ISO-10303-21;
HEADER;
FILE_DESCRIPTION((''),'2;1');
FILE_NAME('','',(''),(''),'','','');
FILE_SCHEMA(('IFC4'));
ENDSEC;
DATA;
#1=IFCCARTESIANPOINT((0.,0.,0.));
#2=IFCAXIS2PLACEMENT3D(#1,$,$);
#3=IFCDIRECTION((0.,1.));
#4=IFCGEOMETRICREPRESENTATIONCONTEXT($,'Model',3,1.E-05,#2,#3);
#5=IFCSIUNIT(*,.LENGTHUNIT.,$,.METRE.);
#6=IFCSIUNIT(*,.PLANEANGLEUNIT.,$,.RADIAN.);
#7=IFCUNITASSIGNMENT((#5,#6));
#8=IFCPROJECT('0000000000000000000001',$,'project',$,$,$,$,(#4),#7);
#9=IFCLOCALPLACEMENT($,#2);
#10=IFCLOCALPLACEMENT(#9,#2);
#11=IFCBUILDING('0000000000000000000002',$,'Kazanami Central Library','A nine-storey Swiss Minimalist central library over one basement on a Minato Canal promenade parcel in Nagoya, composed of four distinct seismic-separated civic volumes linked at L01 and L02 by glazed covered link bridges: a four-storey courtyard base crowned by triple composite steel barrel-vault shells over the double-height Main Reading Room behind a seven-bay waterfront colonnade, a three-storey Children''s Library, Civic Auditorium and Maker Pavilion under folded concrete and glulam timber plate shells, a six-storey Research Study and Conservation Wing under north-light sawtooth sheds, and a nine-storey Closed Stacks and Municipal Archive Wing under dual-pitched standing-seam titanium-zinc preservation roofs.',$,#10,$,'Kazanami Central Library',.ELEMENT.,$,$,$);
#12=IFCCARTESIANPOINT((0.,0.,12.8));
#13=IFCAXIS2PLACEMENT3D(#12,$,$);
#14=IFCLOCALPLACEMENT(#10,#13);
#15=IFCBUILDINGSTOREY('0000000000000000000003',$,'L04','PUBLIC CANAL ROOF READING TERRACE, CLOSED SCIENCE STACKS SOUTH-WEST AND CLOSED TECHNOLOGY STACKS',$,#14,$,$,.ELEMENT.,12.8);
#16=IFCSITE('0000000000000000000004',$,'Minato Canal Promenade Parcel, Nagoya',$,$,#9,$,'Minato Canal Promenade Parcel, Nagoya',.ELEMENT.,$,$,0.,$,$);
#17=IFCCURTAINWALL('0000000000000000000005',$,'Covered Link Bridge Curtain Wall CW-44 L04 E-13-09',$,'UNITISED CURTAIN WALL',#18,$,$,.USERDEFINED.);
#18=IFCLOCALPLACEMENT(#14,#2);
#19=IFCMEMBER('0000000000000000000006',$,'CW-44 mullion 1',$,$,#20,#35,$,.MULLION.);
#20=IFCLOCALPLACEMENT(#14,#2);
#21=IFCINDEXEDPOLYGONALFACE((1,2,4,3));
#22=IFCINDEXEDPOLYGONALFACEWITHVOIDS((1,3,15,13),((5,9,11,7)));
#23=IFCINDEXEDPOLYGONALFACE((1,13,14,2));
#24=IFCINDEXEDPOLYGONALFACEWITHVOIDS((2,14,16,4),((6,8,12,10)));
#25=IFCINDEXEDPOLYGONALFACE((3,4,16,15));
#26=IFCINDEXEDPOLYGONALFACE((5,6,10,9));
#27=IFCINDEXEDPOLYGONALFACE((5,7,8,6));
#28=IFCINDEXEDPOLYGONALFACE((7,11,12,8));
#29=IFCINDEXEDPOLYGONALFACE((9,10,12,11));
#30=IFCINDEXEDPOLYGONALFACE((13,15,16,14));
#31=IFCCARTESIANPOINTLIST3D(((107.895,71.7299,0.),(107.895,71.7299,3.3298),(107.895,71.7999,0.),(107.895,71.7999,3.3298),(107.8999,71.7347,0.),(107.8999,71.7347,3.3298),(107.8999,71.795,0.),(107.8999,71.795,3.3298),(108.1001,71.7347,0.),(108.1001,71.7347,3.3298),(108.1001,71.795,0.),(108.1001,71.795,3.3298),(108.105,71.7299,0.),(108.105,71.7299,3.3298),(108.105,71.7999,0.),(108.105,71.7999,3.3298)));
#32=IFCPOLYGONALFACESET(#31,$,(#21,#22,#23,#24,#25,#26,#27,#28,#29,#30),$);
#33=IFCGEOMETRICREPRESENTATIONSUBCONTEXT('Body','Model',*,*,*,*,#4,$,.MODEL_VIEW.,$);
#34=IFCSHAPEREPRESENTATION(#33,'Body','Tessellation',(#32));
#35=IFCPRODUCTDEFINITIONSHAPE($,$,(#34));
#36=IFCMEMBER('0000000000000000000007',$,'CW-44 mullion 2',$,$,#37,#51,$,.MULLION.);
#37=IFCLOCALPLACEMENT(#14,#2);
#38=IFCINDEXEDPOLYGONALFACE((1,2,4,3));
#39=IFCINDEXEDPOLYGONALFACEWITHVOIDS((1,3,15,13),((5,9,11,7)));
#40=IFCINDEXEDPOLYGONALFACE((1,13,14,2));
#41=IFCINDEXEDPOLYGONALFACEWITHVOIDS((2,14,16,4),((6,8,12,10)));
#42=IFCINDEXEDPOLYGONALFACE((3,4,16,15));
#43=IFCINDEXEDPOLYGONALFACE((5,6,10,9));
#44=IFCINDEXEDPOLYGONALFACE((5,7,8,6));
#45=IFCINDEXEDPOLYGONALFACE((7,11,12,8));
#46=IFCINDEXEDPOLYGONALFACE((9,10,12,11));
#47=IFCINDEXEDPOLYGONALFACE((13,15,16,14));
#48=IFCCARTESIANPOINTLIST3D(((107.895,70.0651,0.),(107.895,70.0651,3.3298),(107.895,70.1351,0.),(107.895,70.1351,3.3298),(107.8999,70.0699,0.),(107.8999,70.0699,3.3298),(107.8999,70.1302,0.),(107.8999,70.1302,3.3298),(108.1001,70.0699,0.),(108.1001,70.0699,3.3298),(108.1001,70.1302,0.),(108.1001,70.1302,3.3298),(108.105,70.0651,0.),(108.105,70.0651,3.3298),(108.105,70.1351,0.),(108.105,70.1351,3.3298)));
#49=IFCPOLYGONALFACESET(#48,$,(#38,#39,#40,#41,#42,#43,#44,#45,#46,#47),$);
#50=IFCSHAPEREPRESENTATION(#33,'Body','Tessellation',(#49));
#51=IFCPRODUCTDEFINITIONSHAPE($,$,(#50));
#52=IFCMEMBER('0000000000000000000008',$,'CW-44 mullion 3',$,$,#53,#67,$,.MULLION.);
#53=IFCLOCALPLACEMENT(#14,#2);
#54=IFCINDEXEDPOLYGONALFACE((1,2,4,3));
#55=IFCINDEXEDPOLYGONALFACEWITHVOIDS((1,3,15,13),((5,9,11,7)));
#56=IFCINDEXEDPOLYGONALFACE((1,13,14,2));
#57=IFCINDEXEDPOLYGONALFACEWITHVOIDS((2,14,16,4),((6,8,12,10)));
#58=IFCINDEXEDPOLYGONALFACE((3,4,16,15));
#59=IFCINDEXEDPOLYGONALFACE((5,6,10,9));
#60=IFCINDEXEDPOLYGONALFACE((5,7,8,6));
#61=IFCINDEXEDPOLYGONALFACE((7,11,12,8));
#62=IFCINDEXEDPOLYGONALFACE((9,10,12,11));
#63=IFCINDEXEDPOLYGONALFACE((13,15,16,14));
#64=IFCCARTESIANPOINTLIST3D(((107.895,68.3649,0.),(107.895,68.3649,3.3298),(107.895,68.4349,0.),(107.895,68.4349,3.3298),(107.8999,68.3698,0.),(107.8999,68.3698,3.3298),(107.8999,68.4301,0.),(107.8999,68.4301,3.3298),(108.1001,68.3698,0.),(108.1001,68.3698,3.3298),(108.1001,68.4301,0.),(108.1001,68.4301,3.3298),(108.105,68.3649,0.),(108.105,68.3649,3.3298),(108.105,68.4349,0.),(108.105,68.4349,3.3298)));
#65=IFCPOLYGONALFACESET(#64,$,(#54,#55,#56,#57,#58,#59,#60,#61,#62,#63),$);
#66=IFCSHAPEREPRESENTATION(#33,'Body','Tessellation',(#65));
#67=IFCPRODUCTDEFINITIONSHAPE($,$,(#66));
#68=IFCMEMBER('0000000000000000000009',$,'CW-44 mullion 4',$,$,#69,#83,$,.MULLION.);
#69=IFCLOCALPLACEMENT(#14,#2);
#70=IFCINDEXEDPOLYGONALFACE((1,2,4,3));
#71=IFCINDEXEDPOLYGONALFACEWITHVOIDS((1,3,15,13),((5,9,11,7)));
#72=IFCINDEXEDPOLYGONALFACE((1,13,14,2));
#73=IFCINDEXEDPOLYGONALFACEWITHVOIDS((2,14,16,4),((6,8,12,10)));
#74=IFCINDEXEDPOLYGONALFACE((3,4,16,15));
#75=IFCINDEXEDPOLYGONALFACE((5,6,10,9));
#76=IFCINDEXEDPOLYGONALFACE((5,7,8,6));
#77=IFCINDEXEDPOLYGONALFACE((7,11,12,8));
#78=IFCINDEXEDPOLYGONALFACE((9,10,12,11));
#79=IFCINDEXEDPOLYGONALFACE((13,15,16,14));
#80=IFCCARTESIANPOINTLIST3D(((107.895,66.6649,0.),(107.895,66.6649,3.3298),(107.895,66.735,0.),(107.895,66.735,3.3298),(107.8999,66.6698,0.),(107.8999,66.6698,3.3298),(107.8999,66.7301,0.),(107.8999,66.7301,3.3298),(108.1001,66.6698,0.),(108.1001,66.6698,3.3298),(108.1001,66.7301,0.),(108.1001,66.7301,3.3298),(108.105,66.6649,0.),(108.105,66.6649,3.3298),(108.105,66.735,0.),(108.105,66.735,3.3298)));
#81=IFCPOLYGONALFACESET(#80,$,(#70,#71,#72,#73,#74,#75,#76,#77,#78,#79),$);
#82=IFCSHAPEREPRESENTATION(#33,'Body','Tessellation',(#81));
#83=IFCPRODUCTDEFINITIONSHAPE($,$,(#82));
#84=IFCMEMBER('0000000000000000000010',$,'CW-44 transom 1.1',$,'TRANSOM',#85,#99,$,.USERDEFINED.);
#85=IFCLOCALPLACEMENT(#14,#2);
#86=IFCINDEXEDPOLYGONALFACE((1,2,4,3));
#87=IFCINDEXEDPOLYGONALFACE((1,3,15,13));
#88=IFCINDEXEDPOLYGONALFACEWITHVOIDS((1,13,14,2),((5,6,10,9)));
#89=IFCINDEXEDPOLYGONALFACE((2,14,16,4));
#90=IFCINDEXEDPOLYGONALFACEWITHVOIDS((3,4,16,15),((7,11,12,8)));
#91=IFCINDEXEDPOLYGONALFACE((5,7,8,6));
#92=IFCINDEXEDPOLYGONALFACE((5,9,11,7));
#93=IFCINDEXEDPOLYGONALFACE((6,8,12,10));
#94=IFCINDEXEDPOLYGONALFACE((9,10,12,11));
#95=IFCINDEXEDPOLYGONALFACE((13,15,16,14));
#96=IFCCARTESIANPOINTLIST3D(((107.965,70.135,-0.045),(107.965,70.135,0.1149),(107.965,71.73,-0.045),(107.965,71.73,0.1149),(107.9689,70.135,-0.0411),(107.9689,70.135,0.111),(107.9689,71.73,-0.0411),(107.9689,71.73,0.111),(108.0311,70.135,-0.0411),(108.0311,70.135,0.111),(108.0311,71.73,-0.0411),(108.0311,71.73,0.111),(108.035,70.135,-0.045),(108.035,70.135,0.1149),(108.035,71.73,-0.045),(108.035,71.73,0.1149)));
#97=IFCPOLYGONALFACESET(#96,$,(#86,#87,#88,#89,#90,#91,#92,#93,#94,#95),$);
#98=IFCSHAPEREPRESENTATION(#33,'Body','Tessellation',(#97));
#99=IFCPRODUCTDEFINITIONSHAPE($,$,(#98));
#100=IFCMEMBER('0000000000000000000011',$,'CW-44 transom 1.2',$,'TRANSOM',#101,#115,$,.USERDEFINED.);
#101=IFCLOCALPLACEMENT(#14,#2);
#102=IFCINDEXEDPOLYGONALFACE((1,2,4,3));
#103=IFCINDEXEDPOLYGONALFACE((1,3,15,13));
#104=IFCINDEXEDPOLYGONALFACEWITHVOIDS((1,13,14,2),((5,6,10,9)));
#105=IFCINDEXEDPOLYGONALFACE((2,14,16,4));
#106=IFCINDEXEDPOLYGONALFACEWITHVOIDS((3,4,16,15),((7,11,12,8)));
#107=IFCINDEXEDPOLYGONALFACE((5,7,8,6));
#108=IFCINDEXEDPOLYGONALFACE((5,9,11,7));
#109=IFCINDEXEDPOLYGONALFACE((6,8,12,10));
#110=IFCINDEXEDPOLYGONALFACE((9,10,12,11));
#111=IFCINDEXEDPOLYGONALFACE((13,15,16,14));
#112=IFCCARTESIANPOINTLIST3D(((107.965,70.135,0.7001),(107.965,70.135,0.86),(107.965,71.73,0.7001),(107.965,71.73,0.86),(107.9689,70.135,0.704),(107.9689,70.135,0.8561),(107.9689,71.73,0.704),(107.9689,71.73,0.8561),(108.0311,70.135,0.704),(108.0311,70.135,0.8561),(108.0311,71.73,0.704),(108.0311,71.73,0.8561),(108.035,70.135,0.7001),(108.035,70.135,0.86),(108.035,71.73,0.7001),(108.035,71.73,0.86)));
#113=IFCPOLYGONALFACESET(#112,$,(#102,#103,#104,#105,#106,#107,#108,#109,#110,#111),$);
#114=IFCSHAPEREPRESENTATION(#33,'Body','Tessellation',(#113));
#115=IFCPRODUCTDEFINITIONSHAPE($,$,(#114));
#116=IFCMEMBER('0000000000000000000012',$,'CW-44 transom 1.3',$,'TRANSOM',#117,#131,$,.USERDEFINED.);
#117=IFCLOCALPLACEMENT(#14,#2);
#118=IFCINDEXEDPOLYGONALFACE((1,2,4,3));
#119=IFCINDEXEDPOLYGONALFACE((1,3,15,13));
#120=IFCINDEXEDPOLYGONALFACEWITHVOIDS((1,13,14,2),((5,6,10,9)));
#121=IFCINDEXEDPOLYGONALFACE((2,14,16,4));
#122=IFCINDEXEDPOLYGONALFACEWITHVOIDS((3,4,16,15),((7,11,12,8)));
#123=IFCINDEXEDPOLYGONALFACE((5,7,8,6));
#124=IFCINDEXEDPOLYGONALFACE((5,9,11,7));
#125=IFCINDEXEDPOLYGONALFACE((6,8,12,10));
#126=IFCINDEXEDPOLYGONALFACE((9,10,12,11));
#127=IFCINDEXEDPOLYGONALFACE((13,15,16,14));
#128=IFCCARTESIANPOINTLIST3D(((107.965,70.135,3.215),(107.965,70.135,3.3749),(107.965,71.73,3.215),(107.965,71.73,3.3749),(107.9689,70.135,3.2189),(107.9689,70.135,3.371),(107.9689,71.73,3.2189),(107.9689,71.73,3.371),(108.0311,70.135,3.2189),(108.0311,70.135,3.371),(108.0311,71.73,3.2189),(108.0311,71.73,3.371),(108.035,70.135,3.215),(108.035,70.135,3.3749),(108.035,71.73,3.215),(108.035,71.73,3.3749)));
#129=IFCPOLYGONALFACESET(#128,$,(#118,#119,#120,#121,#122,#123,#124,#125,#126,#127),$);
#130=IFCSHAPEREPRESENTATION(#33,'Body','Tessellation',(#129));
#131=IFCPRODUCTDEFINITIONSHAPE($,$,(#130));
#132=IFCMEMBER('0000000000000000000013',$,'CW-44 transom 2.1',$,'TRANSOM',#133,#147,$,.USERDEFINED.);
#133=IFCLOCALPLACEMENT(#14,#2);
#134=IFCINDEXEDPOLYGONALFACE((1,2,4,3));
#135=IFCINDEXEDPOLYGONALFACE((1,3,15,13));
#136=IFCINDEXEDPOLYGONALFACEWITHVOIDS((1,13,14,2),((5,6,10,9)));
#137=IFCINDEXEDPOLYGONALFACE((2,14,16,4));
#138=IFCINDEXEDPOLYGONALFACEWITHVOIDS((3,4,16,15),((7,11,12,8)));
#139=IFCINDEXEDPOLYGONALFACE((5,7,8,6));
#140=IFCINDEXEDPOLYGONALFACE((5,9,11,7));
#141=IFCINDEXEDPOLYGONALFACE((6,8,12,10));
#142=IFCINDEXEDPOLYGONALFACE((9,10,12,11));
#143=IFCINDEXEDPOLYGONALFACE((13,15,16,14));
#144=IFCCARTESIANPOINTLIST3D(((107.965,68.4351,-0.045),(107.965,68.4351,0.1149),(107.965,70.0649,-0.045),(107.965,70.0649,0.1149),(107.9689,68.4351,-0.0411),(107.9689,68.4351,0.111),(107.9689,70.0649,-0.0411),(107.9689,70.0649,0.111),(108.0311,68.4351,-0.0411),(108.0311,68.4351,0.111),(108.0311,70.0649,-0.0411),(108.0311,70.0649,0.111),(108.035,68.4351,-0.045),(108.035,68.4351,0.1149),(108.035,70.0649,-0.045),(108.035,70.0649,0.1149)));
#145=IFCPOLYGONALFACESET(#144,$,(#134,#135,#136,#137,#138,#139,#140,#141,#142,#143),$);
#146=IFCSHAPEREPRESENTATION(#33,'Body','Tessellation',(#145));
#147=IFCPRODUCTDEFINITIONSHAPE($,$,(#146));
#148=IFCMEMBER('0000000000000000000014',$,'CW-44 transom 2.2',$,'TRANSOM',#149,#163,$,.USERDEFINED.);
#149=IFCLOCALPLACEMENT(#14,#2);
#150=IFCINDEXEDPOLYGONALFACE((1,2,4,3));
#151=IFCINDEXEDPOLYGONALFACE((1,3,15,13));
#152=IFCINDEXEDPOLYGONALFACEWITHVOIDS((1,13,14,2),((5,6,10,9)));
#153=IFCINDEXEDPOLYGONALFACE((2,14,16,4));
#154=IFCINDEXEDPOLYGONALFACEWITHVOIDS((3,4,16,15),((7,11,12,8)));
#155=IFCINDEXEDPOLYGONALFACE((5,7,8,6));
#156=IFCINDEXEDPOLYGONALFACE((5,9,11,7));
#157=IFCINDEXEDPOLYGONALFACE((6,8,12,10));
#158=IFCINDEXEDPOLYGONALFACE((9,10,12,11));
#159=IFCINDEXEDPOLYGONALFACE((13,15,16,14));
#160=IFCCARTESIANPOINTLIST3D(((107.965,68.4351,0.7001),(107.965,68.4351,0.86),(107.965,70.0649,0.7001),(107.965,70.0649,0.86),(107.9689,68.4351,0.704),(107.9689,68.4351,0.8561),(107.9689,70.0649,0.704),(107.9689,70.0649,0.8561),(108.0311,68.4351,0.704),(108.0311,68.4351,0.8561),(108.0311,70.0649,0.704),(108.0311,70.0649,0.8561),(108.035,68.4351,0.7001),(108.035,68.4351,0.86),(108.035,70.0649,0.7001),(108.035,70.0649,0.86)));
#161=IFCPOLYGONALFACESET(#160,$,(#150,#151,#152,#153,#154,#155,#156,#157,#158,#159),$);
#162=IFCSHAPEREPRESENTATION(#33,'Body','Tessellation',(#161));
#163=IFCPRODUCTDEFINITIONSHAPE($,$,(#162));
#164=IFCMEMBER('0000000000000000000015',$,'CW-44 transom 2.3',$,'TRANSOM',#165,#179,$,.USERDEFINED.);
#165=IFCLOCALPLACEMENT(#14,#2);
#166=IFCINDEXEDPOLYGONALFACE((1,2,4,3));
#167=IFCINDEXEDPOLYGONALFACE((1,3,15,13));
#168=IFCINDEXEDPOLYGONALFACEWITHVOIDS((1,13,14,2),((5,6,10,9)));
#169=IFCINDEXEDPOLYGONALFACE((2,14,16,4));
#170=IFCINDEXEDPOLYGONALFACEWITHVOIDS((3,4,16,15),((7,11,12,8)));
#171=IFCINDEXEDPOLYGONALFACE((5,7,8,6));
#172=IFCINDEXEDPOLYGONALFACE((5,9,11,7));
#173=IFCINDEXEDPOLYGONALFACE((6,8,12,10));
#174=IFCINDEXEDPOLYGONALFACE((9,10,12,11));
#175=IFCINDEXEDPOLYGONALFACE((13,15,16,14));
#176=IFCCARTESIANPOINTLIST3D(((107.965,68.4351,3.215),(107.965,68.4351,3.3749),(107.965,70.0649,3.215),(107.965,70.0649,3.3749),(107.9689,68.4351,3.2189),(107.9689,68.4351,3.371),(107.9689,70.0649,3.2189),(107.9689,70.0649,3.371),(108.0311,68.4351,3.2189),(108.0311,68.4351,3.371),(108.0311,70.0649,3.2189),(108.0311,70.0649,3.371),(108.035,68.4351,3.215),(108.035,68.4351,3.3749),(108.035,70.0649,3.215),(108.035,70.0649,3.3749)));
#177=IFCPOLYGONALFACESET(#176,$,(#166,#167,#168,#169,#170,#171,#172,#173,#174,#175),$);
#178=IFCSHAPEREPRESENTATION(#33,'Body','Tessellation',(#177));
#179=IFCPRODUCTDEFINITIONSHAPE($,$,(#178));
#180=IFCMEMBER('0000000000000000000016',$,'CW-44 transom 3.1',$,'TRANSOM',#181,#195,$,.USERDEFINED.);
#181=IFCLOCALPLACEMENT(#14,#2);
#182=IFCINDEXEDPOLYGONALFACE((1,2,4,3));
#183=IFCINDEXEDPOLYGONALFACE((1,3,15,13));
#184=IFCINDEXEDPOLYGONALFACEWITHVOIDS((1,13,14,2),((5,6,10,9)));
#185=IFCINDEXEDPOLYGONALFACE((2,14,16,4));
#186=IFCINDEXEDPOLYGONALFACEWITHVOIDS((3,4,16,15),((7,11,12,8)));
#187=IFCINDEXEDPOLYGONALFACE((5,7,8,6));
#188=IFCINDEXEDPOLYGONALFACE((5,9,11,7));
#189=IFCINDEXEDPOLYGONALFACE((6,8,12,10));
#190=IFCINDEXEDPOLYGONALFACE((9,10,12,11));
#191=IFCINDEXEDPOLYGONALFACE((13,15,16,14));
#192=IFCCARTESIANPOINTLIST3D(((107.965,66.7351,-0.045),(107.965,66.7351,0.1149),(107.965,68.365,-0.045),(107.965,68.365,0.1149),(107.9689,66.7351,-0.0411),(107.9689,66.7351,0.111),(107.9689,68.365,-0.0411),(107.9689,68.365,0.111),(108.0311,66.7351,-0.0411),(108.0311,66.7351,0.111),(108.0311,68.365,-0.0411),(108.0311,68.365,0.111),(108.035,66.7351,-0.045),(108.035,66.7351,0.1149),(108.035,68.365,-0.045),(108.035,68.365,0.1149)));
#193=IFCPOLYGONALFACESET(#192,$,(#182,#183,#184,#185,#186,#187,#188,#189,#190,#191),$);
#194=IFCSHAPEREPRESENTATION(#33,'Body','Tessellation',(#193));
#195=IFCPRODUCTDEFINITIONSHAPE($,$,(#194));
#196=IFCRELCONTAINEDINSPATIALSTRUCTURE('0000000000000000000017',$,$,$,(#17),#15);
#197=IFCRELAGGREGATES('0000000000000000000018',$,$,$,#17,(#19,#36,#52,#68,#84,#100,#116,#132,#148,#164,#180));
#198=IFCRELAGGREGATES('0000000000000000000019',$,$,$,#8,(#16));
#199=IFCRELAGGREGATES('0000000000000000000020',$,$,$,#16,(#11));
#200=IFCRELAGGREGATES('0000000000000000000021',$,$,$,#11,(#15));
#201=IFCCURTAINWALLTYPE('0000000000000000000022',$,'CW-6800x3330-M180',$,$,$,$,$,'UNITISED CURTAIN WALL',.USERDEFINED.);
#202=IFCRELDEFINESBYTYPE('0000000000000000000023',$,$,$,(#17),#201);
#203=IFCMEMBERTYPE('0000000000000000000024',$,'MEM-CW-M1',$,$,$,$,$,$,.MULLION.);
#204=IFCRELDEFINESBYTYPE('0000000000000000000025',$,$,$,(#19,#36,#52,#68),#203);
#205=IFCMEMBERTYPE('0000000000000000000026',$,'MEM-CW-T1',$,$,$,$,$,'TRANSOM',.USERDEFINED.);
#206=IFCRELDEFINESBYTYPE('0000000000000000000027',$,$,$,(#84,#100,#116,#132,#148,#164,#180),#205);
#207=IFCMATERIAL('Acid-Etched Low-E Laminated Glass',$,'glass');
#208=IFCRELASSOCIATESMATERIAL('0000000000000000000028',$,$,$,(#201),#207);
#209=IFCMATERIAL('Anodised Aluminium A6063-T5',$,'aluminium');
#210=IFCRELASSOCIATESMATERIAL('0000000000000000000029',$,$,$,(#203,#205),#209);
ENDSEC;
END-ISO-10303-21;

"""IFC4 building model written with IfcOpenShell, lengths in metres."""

from ifc_helpers import new_model, si_unit, direction, frame, origin, origin_2d, place, context, subcontext, project, spatial, hollow_rectangle, extrude, material, material_profile, profile_set, type_object, element, aggregate, save


model = new_model("IFC4")

# Units and contexts
model_context = context("Model", 3, precision=1e-05, world=origin(), true_north=direction((0.0, 1.0)))
body_context = subcontext(model_context, "Body", "Model", "MODEL_VIEW")
ifc_project = project(units=[si_unit("LENGTHUNIT", "METRE"), si_unit("PLANEANGLEUNIT", "RADIAN")], contexts=[model_context])

# Site, building, storey
site_placement = place(None, origin())
site = spatial("IfcSite", under=ifc_project, at=site_placement, Name="Minato Canal Promenade Parcel, Nagoya", LongName="Minato Canal Promenade Parcel, Nagoya", CompositionType="ELEMENT", RefElevation=0.0)
building_placement = place(site_placement, origin())
building = spatial("IfcBuilding", under=site, at=building_placement, Name="Kazanami Central Library", Description="A nine-storey Swiss Minimalist central library over one basement on a Minato Canal promenade parcel in Nagoya, composed of four distinct seismic-separated civic volumes linked at L01 and L02 by glazed covered link bridges: a four-storey courtyard base crowned by triple composite steel barrel-vault shells over the double-height Main Reading Room behind a seven-bay waterfront colonnade, a three-storey Children's Library, Civic Auditorium and Maker Pavilion under folded concrete and glulam timber plate shells, a six-storey Research Study and Conservation Wing under north-light sawtooth sheds, and a nine-storey Closed Stacks and Municipal Archive Wing under dual-pitched standing-seam titanium-zinc preservation roofs.", LongName="Kazanami Central Library", CompositionType="ELEMENT")
storey_placement = place(building_placement, frame((0.0, 0.0, 12.8)))
storey = spatial("IfcBuildingStorey", under=building, at=storey_placement, Name="L04", Description="PUBLIC CANAL ROOF READING TERRACE, CLOSED SCIENCE STACKS SOUTH-WEST AND CLOSED TECHNOLOGY STACKS", CompositionType="ELEMENT", Elevation=12.8)

# Curtain wall, members
ifc_material_1 = material(Name="Acid-Etched Low-E Laminated Glass", Category="glass")
curtain_wall_type = type_object("IfcCurtainWallType", Name="CW-6800x3330-M180", ElementType="UNITISED CURTAIN WALL", PredefinedType="USERDEFINED", material=ifc_material_1)
curtain_wall_placement = place(storey_placement, origin())
curtain_wall = element("IfcCurtainWall", 1, at=curtain_wall_placement, inside=storey, type_object=curtain_wall_type, Name="Covered Link Bridge Curtain Wall CW-44 L04 E-13-09", ObjectType="UNITISED CURTAIN WALL", PredefinedType="USERDEFINED")
ifc_material_2 = material(Name="Anodised Aluminium A6063-T5", Category="aluminium")
ifc_material_profile_1 = material_profile(ifc_material_2, hollow_rectangle(XDim=0.0701, YDim=0.21, WallThickness=0.0049, at=origin_2d()), Name="ALU-MULL-70x210x5")
ifc_profile_set_1 = profile_set([ifc_material_profile_1], Name="Anodised Aluminium A6063-T5")
member_type_1 = type_object("IfcMemberType", Name="MEM-CW-M1", PredefinedType="MULLION", material=ifc_profile_set_1)
member_1_placement = place(storey_placement, frame((108.0, 71.7649, 0.0), z_axis=(0.0, 0.0, 1.0), x_axis=(0.0, -1.0, 0.0)))
member_1 = element("IfcMember", 2, at=member_1_placement, type_object=member_type_1, Name="CW-44 mullion 1", PredefinedType="MULLION", context=body_context, shape_type="SweptSolid", body=[
    extrude(hollow_rectangle(XDim=0.0701, YDim=0.21, WallThickness=0.0049, at=origin_2d()), origin(), (0.0, 0.0, 1.0), 3.3298),
])
member_2_placement = place(storey_placement, frame((108.0, 70.1001, 0.0), z_axis=(0.0, 0.0, 1.0), x_axis=(0.0, -1.0, 0.0)))
member_2 = element("IfcMember", 3, at=member_2_placement, type_object=member_type_1, Name="CW-44 mullion 2", PredefinedType="MULLION", context=body_context, shape_type="SweptSolid", body=[
    extrude(hollow_rectangle(XDim=0.0701, YDim=0.21, WallThickness=0.0049, at=origin_2d()), origin(), (0.0, 0.0, 1.0), 3.3298),
])
member_3_placement = place(storey_placement, frame((108.0, 68.3999, 0.0), z_axis=(0.0, 0.0, 1.0), x_axis=(0.0, -1.0, 0.0)))
member_3 = element("IfcMember", 4, at=member_3_placement, type_object=member_type_1, Name="CW-44 mullion 3", PredefinedType="MULLION", context=body_context, shape_type="SweptSolid", body=[
    extrude(hollow_rectangle(XDim=0.0701, YDim=0.21, WallThickness=0.0049, at=origin_2d()), origin(), (0.0, 0.0, 1.0), 3.3298),
])
member_4_placement = place(storey_placement, frame((108.0, 66.7, 0.0), z_axis=(0.0, 0.0, 1.0), x_axis=(0.0, -1.0, 0.0)))
member_4 = element("IfcMember", 5, at=member_4_placement, type_object=member_type_1, Name="CW-44 mullion 4", PredefinedType="MULLION", context=body_context, shape_type="SweptSolid", body=[
    extrude(hollow_rectangle(XDim=0.0701, YDim=0.21, WallThickness=0.0049, at=origin_2d()), origin(), (0.0, 0.0, 1.0), 3.3298),
])
ifc_material_profile_2 = material_profile(ifc_material_2, hollow_rectangle(XDim=0.0701, YDim=0.1599, WallThickness=0.0039, at=origin_2d()), Name="ALU-TRAN-70x160x4")
ifc_profile_set_2 = profile_set([ifc_material_profile_2], Name="Anodised Aluminium A6063-T5")
member_type_2 = type_object("IfcMemberType", Name="MEM-CW-T1", ElementType="TRANSOM", PredefinedType="USERDEFINED", material=ifc_profile_set_2)
member_5_placement = place(storey_placement, frame((108.0, 71.73, 0.0349), z_axis=(0.0, -1.0, 0.0), x_axis=(1.0, 0.0, 0.0)))
member_5 = element("IfcMember", 6, at=member_5_placement, type_object=member_type_2, Name="CW-44 transom 1.1", ObjectType="TRANSOM", PredefinedType="USERDEFINED", context=body_context, shape_type="SweptSolid", body=[
    extrude(hollow_rectangle(XDim=0.0701, YDim=0.1599, WallThickness=0.0039, at=origin_2d()), origin(), (0.0, 0.0, 1.0), 1.595),
])
member_6_placement = place(storey_placement, frame((108.0, 71.73, 0.78), z_axis=(0.0, -1.0, 0.0), x_axis=(1.0, 0.0, 0.0)))
member_6 = element("IfcMember", 7, at=member_6_placement, type_object=member_type_2, Name="CW-44 transom 1.2", ObjectType="TRANSOM", PredefinedType="USERDEFINED", context=body_context, shape_type="SweptSolid", body=[
    extrude(hollow_rectangle(XDim=0.0701, YDim=0.1599, WallThickness=0.0039, at=origin_2d()), origin(), (0.0, 0.0, 1.0), 1.595),
])
member_7_placement = place(storey_placement, frame((108.0, 71.73, 3.2949), z_axis=(0.0, -1.0, 0.0), x_axis=(1.0, 0.0, 0.0)))
member_7 = element("IfcMember", 8, at=member_7_placement, type_object=member_type_2, Name="CW-44 transom 1.3", ObjectType="TRANSOM", PredefinedType="USERDEFINED", context=body_context, shape_type="SweptSolid", body=[
    extrude(hollow_rectangle(XDim=0.0701, YDim=0.1599, WallThickness=0.0039, at=origin_2d()), origin(), (0.0, 0.0, 1.0), 1.595),
])
member_8_placement = place(storey_placement, frame((108.0, 70.0649, 0.0349), z_axis=(0.0, -1.0, 0.0), x_axis=(1.0, 0.0, 0.0)))
member_8 = element("IfcMember", 9, at=member_8_placement, type_object=member_type_2, Name="CW-44 transom 2.1", ObjectType="TRANSOM", PredefinedType="USERDEFINED", context=body_context, shape_type="SweptSolid", body=[
    extrude(hollow_rectangle(XDim=0.0701, YDim=0.1599, WallThickness=0.0039, at=origin_2d()), origin(), (0.0, 0.0, 1.0), 1.6299),
])
member_9_placement = place(storey_placement, frame((108.0, 70.0649, 0.78), z_axis=(0.0, -1.0, 0.0), x_axis=(1.0, 0.0, 0.0)))
member_9 = element("IfcMember", 10, at=member_9_placement, type_object=member_type_2, Name="CW-44 transom 2.2", ObjectType="TRANSOM", PredefinedType="USERDEFINED", context=body_context, shape_type="SweptSolid", body=[
    extrude(hollow_rectangle(XDim=0.0701, YDim=0.1599, WallThickness=0.0039, at=origin_2d()), origin(), (0.0, 0.0, 1.0), 1.6299),
])
member_10_placement = place(storey_placement, frame((108.0, 70.0649, 3.2949), z_axis=(0.0, -1.0, 0.0), x_axis=(1.0, 0.0, 0.0)))
member_10 = element("IfcMember", 11, at=member_10_placement, type_object=member_type_2, Name="CW-44 transom 2.3", ObjectType="TRANSOM", PredefinedType="USERDEFINED", context=body_context, shape_type="SweptSolid", body=[
    extrude(hollow_rectangle(XDim=0.0701, YDim=0.1599, WallThickness=0.0039, at=origin_2d()), origin(), (0.0, 0.0, 1.0), 1.6299),
])
member_11_placement = place(storey_placement, frame((108.0, 68.365, 0.0349), z_axis=(0.0, -1.0, 0.0), x_axis=(1.0, 0.0, 0.0)))
member_11 = element("IfcMember", 12, at=member_11_placement, type_object=member_type_2, Name="CW-44 transom 3.1", ObjectType="TRANSOM", PredefinedType="USERDEFINED", context=body_context, shape_type="SweptSolid", body=[
    extrude(hollow_rectangle(XDim=0.0701, YDim=0.1599, WallThickness=0.0039, at=origin_2d()), origin(), (0.0, 0.0, 1.0), 1.6299),
])
aggregate(curtain_wall, [member_1, member_2, member_3, member_4, member_5, member_6, member_7, member_8, member_9, member_10, member_11])

save(model, "model.ifc")
